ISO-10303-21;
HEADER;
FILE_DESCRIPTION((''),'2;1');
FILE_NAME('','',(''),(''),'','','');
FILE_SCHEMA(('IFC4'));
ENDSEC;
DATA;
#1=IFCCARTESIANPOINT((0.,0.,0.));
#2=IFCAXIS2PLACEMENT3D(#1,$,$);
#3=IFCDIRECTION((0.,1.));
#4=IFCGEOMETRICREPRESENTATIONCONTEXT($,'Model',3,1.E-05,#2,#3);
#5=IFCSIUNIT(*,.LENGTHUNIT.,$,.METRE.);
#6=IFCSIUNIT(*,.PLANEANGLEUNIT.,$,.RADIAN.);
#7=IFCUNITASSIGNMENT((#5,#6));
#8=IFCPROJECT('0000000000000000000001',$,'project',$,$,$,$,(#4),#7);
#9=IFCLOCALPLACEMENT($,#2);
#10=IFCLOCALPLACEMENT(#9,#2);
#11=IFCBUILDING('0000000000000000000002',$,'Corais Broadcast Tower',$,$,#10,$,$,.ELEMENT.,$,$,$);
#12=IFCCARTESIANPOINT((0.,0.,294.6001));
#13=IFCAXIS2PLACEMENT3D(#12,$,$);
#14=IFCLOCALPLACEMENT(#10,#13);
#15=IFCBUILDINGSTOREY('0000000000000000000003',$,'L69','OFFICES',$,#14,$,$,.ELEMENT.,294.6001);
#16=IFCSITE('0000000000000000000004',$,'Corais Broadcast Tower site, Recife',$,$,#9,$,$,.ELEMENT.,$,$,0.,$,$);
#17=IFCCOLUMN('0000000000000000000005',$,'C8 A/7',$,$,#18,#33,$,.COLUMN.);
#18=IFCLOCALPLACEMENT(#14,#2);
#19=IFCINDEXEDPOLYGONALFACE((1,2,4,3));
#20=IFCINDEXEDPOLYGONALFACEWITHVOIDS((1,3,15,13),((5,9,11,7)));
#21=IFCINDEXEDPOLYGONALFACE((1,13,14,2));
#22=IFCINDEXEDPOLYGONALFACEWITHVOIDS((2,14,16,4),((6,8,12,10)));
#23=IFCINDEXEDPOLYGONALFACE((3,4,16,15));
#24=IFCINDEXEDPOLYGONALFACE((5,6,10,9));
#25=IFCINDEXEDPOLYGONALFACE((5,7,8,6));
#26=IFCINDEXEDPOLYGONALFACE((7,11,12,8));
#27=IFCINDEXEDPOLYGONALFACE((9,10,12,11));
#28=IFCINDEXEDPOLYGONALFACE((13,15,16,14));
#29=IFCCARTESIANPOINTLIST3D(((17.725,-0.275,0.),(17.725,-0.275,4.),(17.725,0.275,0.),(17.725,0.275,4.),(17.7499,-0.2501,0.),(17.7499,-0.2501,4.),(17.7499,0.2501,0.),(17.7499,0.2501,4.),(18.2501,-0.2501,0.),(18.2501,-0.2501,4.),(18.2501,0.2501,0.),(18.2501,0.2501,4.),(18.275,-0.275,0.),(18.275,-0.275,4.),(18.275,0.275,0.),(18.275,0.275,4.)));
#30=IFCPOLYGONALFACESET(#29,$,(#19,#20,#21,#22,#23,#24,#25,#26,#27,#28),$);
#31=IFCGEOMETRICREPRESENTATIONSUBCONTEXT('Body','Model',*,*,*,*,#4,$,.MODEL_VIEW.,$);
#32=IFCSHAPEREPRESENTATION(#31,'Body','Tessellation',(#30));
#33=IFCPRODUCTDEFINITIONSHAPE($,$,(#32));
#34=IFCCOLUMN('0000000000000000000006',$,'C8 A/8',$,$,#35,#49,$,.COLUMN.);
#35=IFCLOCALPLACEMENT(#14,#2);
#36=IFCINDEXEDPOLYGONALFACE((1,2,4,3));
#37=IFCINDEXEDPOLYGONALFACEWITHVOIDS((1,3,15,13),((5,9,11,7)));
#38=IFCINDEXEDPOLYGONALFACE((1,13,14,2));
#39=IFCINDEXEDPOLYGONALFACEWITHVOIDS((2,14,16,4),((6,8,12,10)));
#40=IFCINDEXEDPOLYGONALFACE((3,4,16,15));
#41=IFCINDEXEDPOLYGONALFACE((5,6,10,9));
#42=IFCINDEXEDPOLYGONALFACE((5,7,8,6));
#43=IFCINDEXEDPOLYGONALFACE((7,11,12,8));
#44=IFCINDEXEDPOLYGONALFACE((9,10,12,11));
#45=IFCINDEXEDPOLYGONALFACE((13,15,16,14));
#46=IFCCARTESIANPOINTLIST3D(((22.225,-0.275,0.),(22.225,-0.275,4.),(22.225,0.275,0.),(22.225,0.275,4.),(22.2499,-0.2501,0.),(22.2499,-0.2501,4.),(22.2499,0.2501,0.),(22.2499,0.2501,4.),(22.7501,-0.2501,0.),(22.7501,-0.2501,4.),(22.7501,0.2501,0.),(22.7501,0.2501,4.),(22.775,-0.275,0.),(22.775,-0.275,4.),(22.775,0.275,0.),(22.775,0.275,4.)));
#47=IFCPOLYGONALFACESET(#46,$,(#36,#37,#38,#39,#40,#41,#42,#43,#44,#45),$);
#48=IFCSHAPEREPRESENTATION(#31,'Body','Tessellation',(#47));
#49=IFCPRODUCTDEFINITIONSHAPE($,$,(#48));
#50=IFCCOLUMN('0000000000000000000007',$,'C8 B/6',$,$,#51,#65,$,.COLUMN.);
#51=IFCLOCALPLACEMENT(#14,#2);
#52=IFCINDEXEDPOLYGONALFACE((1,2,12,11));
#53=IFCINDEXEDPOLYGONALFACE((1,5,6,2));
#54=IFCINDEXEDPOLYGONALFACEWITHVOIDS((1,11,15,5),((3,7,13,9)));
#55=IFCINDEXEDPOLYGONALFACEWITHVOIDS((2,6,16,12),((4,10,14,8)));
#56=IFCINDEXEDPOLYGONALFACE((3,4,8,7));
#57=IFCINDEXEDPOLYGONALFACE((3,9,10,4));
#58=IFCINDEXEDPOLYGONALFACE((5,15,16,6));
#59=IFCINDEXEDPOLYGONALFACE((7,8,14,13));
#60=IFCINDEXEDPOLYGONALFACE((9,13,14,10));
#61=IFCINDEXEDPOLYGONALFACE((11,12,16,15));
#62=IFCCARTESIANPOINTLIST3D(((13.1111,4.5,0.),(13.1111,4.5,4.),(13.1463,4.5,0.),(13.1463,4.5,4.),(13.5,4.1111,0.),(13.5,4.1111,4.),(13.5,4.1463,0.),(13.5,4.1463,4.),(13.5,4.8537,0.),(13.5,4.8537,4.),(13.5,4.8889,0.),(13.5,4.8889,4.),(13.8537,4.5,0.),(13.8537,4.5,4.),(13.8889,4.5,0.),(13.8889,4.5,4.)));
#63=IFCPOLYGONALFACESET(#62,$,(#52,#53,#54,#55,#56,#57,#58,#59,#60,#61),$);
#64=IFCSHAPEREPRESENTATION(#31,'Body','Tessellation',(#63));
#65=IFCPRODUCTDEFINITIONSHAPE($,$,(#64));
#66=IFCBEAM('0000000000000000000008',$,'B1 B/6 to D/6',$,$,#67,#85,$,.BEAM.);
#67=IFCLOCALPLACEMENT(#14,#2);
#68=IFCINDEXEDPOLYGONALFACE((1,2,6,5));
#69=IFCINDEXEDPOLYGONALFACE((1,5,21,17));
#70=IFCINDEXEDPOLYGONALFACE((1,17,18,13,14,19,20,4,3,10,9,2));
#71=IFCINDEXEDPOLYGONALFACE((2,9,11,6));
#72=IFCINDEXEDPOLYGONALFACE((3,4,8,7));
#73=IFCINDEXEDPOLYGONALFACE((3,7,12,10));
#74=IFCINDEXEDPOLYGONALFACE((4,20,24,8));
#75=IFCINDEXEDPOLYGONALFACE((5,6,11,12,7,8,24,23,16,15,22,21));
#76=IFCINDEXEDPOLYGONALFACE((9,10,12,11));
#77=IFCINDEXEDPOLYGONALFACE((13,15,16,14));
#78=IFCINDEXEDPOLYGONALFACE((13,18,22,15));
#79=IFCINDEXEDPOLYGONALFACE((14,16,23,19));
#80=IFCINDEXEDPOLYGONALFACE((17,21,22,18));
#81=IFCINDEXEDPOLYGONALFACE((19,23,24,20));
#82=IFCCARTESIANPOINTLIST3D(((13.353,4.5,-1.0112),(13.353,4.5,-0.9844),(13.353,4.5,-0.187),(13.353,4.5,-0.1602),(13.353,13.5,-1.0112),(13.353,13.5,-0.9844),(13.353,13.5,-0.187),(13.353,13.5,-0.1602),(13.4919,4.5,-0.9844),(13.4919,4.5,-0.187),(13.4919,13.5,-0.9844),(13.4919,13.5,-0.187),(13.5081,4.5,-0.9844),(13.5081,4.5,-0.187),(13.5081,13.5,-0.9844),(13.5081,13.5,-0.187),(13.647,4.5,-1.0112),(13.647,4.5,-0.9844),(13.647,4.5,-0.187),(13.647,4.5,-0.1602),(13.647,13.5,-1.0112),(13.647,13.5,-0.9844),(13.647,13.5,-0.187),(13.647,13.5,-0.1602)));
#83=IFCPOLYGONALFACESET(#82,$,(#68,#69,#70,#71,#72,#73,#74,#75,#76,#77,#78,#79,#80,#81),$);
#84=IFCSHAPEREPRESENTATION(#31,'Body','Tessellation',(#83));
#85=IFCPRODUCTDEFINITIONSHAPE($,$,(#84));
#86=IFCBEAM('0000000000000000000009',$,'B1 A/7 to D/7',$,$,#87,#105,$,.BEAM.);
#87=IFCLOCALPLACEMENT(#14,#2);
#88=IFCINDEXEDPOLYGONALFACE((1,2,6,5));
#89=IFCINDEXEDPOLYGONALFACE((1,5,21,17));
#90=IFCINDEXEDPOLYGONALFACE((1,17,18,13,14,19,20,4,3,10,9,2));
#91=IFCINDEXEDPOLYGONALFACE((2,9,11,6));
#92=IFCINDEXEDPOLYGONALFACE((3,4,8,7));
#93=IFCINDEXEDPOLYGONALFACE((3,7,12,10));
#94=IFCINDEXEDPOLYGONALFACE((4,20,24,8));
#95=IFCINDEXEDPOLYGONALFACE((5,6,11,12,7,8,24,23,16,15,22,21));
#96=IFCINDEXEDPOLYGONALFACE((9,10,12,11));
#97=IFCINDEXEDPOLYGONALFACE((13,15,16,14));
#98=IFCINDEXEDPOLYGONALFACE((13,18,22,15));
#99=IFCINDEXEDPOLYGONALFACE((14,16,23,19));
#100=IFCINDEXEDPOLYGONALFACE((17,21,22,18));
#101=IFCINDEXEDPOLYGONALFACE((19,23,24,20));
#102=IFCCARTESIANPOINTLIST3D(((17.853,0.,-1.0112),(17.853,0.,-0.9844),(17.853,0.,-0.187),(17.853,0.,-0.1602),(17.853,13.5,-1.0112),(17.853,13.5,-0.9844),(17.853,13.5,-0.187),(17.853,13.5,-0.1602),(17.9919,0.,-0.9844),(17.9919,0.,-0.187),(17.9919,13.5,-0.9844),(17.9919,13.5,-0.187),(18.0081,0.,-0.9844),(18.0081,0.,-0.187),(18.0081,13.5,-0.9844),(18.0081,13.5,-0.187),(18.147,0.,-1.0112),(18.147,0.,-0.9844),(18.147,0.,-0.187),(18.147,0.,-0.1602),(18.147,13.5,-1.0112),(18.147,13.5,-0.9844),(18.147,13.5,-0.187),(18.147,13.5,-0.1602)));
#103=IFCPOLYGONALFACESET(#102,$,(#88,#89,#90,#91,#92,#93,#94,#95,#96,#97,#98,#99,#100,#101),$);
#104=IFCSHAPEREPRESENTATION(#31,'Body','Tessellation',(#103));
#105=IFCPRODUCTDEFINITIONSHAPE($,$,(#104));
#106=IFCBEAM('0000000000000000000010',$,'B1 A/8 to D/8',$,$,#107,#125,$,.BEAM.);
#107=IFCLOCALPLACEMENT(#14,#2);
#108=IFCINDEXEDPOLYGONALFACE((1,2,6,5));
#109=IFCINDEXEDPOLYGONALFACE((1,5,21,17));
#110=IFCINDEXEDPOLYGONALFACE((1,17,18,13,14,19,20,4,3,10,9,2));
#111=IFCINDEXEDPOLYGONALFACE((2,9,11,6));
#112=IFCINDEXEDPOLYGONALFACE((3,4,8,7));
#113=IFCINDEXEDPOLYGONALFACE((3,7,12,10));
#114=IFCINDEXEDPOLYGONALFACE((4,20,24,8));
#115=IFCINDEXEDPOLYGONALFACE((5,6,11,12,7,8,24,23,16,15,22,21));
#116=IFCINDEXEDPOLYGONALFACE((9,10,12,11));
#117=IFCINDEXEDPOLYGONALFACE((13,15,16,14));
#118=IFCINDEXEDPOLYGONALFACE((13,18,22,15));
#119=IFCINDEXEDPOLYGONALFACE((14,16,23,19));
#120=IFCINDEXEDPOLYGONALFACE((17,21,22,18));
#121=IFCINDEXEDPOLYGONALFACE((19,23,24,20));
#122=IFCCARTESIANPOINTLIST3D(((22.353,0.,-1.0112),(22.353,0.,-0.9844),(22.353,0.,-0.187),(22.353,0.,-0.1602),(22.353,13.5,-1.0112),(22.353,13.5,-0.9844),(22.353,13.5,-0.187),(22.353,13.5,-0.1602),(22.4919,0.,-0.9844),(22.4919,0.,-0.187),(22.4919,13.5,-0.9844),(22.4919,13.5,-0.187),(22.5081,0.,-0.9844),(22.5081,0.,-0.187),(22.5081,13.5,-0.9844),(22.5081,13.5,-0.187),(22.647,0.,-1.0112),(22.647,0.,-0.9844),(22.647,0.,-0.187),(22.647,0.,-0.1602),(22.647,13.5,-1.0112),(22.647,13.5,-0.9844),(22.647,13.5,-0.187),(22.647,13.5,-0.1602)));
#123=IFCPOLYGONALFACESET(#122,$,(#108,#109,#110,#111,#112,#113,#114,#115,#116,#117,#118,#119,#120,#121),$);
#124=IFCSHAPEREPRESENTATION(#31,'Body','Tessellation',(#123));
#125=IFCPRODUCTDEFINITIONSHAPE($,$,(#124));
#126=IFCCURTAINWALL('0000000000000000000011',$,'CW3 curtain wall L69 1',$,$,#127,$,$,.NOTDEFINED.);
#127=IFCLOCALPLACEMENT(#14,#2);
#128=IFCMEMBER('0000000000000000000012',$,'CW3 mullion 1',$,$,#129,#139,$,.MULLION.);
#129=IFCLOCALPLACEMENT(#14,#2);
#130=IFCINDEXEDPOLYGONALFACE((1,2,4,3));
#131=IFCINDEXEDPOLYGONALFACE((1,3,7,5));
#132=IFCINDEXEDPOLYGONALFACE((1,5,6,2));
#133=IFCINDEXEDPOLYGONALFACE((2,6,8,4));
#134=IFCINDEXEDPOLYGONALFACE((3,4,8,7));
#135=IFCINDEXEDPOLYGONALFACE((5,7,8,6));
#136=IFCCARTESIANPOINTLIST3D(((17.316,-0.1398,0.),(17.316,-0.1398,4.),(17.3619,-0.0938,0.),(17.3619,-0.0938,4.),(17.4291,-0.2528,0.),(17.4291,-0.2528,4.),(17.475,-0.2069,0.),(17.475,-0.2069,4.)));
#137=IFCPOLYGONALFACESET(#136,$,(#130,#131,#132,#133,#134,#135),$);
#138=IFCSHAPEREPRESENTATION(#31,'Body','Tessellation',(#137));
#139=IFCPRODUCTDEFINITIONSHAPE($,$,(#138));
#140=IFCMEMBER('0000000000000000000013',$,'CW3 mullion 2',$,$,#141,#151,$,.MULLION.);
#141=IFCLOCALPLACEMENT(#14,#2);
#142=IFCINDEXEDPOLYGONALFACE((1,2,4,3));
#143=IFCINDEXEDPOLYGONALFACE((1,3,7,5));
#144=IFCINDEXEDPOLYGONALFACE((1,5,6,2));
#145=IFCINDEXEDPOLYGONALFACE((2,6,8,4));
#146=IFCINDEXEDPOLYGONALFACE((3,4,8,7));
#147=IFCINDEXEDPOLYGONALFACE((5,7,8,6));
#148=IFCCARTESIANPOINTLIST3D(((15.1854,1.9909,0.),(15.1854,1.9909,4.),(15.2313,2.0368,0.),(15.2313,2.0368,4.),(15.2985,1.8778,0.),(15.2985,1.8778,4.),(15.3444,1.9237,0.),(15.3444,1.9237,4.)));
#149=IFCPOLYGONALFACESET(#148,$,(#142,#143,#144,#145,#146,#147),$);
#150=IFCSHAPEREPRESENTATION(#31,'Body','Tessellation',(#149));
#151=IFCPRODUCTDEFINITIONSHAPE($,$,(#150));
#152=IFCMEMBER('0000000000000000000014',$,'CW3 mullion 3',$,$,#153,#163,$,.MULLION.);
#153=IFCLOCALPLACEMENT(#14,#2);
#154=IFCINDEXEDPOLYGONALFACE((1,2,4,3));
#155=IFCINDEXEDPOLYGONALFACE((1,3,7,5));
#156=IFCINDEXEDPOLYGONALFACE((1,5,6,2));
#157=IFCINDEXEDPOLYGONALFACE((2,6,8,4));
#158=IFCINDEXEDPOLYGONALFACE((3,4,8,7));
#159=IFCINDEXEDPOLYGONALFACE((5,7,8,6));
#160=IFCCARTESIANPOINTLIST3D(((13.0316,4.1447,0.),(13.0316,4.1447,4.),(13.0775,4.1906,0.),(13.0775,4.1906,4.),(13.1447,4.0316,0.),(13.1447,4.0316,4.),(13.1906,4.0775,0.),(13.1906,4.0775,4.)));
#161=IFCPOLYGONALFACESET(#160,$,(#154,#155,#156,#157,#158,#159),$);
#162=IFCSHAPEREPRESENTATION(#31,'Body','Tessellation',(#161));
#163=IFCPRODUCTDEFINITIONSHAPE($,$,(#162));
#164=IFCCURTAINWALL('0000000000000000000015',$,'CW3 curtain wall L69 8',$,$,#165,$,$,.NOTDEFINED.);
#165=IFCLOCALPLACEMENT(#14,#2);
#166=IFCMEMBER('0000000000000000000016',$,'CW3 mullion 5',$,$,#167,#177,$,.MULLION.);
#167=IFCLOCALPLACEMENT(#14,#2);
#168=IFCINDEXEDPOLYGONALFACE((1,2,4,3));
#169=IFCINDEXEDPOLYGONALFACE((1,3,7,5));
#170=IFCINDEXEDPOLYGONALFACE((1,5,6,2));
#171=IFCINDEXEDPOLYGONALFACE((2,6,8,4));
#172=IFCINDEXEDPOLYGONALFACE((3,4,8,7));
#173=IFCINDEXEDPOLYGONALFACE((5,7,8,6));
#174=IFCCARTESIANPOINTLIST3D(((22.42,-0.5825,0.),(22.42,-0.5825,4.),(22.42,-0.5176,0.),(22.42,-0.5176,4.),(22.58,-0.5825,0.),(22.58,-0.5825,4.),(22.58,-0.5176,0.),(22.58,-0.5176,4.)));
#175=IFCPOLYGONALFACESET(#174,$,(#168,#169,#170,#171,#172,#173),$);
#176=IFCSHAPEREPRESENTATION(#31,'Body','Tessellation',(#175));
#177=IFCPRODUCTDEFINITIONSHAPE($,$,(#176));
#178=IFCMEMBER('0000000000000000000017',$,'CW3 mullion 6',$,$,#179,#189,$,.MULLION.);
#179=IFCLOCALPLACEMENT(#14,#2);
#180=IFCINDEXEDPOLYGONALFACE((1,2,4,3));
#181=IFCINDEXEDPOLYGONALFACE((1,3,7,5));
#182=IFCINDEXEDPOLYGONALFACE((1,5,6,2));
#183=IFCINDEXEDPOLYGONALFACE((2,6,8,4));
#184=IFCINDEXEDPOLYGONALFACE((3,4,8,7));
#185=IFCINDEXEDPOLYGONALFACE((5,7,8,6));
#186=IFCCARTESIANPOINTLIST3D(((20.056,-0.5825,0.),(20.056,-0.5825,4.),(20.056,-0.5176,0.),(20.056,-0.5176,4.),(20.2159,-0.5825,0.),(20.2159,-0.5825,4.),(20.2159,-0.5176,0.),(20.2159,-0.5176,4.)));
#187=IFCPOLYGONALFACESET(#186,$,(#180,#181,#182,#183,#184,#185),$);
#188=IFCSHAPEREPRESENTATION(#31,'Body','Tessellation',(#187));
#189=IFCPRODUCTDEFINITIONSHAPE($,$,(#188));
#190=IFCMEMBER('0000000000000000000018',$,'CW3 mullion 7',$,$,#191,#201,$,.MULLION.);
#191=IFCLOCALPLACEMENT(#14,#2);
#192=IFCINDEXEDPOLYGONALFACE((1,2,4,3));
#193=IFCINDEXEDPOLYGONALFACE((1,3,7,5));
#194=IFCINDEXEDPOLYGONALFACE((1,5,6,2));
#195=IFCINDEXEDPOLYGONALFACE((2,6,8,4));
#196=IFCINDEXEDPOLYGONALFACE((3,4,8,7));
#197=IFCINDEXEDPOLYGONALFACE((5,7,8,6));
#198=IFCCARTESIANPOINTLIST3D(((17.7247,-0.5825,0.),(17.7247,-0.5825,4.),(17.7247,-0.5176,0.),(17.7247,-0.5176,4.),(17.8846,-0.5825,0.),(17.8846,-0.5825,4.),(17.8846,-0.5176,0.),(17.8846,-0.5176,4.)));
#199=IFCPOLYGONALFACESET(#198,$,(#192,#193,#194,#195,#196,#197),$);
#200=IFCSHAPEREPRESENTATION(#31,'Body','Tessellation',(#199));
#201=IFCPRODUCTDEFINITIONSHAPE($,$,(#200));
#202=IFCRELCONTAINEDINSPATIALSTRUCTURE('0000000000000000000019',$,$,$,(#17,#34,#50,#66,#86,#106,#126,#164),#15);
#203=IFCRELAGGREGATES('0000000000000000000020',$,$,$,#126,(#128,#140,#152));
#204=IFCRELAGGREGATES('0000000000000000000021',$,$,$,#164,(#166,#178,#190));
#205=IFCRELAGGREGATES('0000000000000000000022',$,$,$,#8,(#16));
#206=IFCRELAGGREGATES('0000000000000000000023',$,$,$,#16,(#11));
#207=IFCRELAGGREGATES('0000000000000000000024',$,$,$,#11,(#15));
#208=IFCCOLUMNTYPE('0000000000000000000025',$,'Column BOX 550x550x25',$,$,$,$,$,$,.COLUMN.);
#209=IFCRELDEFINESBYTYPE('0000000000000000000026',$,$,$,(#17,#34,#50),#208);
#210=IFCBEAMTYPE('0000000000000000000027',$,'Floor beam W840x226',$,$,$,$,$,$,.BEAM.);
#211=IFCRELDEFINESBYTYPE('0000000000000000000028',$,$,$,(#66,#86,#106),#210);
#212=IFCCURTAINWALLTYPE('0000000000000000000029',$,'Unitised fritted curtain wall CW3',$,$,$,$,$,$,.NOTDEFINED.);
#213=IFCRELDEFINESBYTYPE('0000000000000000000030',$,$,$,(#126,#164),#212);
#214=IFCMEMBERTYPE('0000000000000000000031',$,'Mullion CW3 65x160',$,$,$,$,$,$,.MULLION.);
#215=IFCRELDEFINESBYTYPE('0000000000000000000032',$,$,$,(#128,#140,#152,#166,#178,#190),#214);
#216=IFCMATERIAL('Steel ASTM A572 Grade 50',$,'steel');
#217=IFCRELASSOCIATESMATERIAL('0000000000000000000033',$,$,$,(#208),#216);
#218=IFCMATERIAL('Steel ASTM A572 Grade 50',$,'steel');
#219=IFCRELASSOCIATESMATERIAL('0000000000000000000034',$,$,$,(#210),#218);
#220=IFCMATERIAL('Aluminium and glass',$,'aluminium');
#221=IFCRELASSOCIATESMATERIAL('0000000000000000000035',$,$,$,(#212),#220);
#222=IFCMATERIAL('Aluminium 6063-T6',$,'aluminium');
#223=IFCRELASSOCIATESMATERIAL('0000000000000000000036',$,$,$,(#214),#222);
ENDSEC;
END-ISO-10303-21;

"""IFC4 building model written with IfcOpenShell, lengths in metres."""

from ifc_helpers import new_model, si_unit, direction, frame, origin, origin_2d, place, context, subcontext, project, spatial, rectangle, hollow_rectangle, i_section, extrude, material, material_profile, profile_set, type_object, element, aggregate, save


model = new_model("IFC4")

# Units and contexts
model_context = context("Model", 3, precision=1e-05, world=origin(), true_north=direction((0.0, 1.0)))
body_context = subcontext(model_context, "Body", "Model", "MODEL_VIEW")
ifc_project = project(units=[si_unit("LENGTHUNIT", "METRE"), si_unit("PLANEANGLEUNIT", "RADIAN")], contexts=[model_context])

# Site, building, storey
site_placement = place(None, origin())
site = spatial("IfcSite", under=ifc_project, at=site_placement, Name="Corais Broadcast Tower site, Recife", CompositionType="ELEMENT", RefElevation=0.0)
building_placement = place(site_placement, origin())
building = spatial("IfcBuilding", under=site, at=building_placement, Name="Corais Broadcast Tower", CompositionType="ELEMENT")
storey_placement = place(building_placement, frame((0.0, 0.0, 294.6001)))
storey = spatial("IfcBuildingStorey", under=building, at=storey_placement, Name="L69", Description="OFFICES", CompositionType="ELEMENT", Elevation=294.6001)

# Columns
ifc_material_1 = material(Name="Steel ASTM A572 Grade 50", Category="steel")
ifc_material_profile_1 = material_profile(ifc_material_1, hollow_rectangle(XDim=0.55, YDim=0.55, WallThickness=0.0249, at=origin_2d()), Name="BOX 550x550x25")
ifc_profile_set_1 = profile_set([ifc_material_profile_1], Name="Steel ASTM A572 Grade 50")
column_type = type_object("IfcColumnType", Name="Column BOX 550x550x25", PredefinedType="COLUMN", material=ifc_profile_set_1)
for number, where, z_axis, x_axis, name in (
    (1, (18.0, 0.0, 0.0), (0.0, 0.0, 1.0), (1.0, 0.0, 0.0), "C8 A/7"),
    (2, (22.5, 0.0, 0.0), (0.0, 0.0, 1.0), (1.0, 0.0, 0.0), "C8 A/8"),
    (3, (13.5, 4.5, 0.0), (0.0, 0.0, 1.0), (0.707107, 0.707107, 0.0), "C8 B/6"),
):
    element("IfcColumn", number, at=place(storey_placement, frame(where, z_axis=z_axis, x_axis=x_axis)), inside=storey, type_object=column_type, Name=name, PredefinedType="COLUMN", context=body_context, shape_type="SweptSolid", body=[
        extrude(hollow_rectangle(XDim=0.55, YDim=0.55, WallThickness=0.0249, at=origin_2d()), origin(), (0.0, 0.0, 1.0), 4.0),
    ])

# Beams
ifc_material_2 = material(Name="Steel ASTM A572 Grade 50", Category="steel")
ifc_material_profile_2 = material_profile(ifc_material_2, i_section(OverallWidth=0.2939, OverallDepth=0.8511, WebThickness=0.0161, FlangeThickness=0.0269, at=origin_2d()), Name="W840x226")
ifc_profile_set_2 = profile_set([ifc_material_profile_2], Name="Steel ASTM A572 Grade 50")
beam_type_1 = type_object("IfcBeamType", Name="Floor beam W840x226", PredefinedType="BEAM", material=ifc_profile_set_2)
beam_1_placement = place(storey_placement, frame((13.5, 4.5, -0.5857), z_axis=(0.0, 1.0, 0.0), x_axis=(-1.0, 0.0, 0.0)))
element("IfcBeam", 4, at=beam_1_placement, inside=storey, type_object=beam_type_1, Name="B1 B/6 to D/6", PredefinedType="BEAM", context=body_context, shape_type="SweptSolid", body=[
    extrude(i_section(OverallWidth=0.2939, OverallDepth=0.8511, WebThickness=0.0161, FlangeThickness=0.0269, at=origin_2d()), origin(), (0.0, 0.0, 1.0), 9.0),
])
for number, where, z_axis, x_axis, name in (
    (5, (18.0, 0.0, -0.5857), (0.0, 1.0, 0.0), (-1.0, 0.0, 0.0), "B1 A/7 to D/7"),
    (6, (22.5, 0.0, -0.5857), (0.0, 1.0, 0.0), (-1.0, 0.0, 0.0), "B1 A/8 to D/8"),
):
    element("IfcBeam", number, at=place(storey_placement, frame(where, z_axis=z_axis, x_axis=x_axis)), inside=storey, type_object=beam_type_1, Name=name, PredefinedType="BEAM", context=body_context, shape_type="SweptSolid", body=[
        extrude(i_section(OverallWidth=0.2939, OverallDepth=0.8511, WebThickness=0.0161, FlangeThickness=0.0269, at=origin_2d()), origin(), (0.0, 0.0, 1.0), 13.5),
    ])

# Curtain walls, members
ifc_material_3 = material(Name="Aluminium and glass", Category="aluminium")
curtain_wall_type = type_object("IfcCurtainWallType", Name="Unitised fritted curtain wall CW3", PredefinedType="NOTDEFINED", material=ifc_material_3)
curtain_wall_1_placement = place(storey_placement, origin())
curtain_wall_1 = element("IfcCurtainWall", 7, at=curtain_wall_1_placement, inside=storey, type_object=curtain_wall_type, Name="CW3 curtain wall L69 1", PredefinedType="NOTDEFINED")
ifc_material_4 = material(Name="Aluminium 6063-T6", Category="aluminium")
ifc_material_profile_3 = material_profile(ifc_material_4, rectangle(XDim=0.0649, YDim=0.1599, at=origin_2d()), Name="Mullion CW3 65x160")
ifc_profile_set_3 = profile_set([ifc_material_profile_3], Name="Aluminium 6063-T6")
member_type_1 = type_object("IfcMemberType", Name="Mullion CW3 65x160", PredefinedType="MULLION", material=ifc_profile_set_3)
member_1_placement = place(storey_placement, frame((17.3955, -0.1733, 0.0), z_axis=(0.0, 0.0, 1.0), x_axis=(-0.707107, -0.707107, 0.0)))
member_1 = element("IfcMember", 8, at=member_1_placement, type_object=member_type_1, Name="CW3 mullion 1", PredefinedType="MULLION", context=body_context, shape_type="SweptSolid", body=[
    extrude(rectangle(XDim=0.0649, YDim=0.1599, at=origin_2d()), origin(), (0.0, 0.0, 1.0), 4.0),
])
member_2_placement = place(storey_placement, frame((15.2649, 1.9573, 0.0), z_axis=(0.0, 0.0, 1.0), x_axis=(-0.707107, -0.707107, 0.0)))
member_2 = element("IfcMember", 9, at=member_2_placement, type_object=member_type_1, Name="CW3 mullion 2", PredefinedType="MULLION", context=body_context, shape_type="SweptSolid", body=[
    extrude(rectangle(XDim=0.0649, YDim=0.1599, at=origin_2d()), origin(), (0.0, 0.0, 1.0), 4.0),
])
member_3_placement = place(storey_placement, frame((13.1111, 4.1111, 0.0), z_axis=(0.0, 0.0, 1.0), x_axis=(-0.707107, -0.707107, 0.0)))
member_3 = element("IfcMember", 10, at=member_3_placement, type_object=member_type_1, Name="CW3 mullion 3", PredefinedType="MULLION", context=body_context, shape_type="SweptSolid", body=[
    extrude(rectangle(XDim=0.0649, YDim=0.1599, at=origin_2d()), origin(), (0.0, 0.0, 1.0), 4.0),
])
curtain_wall_2_placement = place(storey_placement, origin())
curtain_wall_2 = element("IfcCurtainWall", 11, at=curtain_wall_2_placement, inside=storey, type_object=curtain_wall_type, Name="CW3 curtain wall L69 8", PredefinedType="NOTDEFINED")
member_4_placement = place(storey_placement, frame((22.5, -0.55, 0.0), z_axis=(0.0, 0.0, 1.0), x_axis=(0.0, -1.0, 0.0)))
member_4 = element("IfcMember", 12, at=member_4_placement, type_object=member_type_1, Name="CW3 mullion 5", PredefinedType="MULLION", context=body_context, shape_type="SweptSolid", body=[
    extrude(rectangle(XDim=0.0649, YDim=0.1599, at=origin_2d()), origin(), (0.0, 0.0, 1.0), 4.0),
])
member_5_placement = place(storey_placement, frame((20.136, -0.55, 0.0), z_axis=(0.0, 0.0, 1.0), x_axis=(0.0, -1.0, 0.0)))
member_5 = element("IfcMember", 13, at=member_5_placement, type_object=member_type_1, Name="CW3 mullion 6", PredefinedType="MULLION", context=body_context, shape_type="SweptSolid", body=[
    extrude(rectangle(XDim=0.0649, YDim=0.1599, at=origin_2d()), origin(), (0.0, 0.0, 1.0), 4.0),
])
member_6_placement = place(storey_placement, frame((17.8047, -0.55, 0.0), z_axis=(0.0, 0.0, 1.0), x_axis=(0.0, -1.0, 0.0)))
member_6 = element("IfcMember", 14, at=member_6_placement, type_object=member_type_1, Name="CW3 mullion 7", PredefinedType="MULLION", context=body_context, shape_type="SweptSolid", body=[
    extrude(rectangle(XDim=0.0649, YDim=0.1599, at=origin_2d()), origin(), (0.0, 0.0, 1.0), 4.0),
])

aggregate(curtain_wall_1, [member_1, member_2, member_3])
aggregate(curtain_wall_2, [member_4, member_5, member_6])

save(model, "model.ifc")
